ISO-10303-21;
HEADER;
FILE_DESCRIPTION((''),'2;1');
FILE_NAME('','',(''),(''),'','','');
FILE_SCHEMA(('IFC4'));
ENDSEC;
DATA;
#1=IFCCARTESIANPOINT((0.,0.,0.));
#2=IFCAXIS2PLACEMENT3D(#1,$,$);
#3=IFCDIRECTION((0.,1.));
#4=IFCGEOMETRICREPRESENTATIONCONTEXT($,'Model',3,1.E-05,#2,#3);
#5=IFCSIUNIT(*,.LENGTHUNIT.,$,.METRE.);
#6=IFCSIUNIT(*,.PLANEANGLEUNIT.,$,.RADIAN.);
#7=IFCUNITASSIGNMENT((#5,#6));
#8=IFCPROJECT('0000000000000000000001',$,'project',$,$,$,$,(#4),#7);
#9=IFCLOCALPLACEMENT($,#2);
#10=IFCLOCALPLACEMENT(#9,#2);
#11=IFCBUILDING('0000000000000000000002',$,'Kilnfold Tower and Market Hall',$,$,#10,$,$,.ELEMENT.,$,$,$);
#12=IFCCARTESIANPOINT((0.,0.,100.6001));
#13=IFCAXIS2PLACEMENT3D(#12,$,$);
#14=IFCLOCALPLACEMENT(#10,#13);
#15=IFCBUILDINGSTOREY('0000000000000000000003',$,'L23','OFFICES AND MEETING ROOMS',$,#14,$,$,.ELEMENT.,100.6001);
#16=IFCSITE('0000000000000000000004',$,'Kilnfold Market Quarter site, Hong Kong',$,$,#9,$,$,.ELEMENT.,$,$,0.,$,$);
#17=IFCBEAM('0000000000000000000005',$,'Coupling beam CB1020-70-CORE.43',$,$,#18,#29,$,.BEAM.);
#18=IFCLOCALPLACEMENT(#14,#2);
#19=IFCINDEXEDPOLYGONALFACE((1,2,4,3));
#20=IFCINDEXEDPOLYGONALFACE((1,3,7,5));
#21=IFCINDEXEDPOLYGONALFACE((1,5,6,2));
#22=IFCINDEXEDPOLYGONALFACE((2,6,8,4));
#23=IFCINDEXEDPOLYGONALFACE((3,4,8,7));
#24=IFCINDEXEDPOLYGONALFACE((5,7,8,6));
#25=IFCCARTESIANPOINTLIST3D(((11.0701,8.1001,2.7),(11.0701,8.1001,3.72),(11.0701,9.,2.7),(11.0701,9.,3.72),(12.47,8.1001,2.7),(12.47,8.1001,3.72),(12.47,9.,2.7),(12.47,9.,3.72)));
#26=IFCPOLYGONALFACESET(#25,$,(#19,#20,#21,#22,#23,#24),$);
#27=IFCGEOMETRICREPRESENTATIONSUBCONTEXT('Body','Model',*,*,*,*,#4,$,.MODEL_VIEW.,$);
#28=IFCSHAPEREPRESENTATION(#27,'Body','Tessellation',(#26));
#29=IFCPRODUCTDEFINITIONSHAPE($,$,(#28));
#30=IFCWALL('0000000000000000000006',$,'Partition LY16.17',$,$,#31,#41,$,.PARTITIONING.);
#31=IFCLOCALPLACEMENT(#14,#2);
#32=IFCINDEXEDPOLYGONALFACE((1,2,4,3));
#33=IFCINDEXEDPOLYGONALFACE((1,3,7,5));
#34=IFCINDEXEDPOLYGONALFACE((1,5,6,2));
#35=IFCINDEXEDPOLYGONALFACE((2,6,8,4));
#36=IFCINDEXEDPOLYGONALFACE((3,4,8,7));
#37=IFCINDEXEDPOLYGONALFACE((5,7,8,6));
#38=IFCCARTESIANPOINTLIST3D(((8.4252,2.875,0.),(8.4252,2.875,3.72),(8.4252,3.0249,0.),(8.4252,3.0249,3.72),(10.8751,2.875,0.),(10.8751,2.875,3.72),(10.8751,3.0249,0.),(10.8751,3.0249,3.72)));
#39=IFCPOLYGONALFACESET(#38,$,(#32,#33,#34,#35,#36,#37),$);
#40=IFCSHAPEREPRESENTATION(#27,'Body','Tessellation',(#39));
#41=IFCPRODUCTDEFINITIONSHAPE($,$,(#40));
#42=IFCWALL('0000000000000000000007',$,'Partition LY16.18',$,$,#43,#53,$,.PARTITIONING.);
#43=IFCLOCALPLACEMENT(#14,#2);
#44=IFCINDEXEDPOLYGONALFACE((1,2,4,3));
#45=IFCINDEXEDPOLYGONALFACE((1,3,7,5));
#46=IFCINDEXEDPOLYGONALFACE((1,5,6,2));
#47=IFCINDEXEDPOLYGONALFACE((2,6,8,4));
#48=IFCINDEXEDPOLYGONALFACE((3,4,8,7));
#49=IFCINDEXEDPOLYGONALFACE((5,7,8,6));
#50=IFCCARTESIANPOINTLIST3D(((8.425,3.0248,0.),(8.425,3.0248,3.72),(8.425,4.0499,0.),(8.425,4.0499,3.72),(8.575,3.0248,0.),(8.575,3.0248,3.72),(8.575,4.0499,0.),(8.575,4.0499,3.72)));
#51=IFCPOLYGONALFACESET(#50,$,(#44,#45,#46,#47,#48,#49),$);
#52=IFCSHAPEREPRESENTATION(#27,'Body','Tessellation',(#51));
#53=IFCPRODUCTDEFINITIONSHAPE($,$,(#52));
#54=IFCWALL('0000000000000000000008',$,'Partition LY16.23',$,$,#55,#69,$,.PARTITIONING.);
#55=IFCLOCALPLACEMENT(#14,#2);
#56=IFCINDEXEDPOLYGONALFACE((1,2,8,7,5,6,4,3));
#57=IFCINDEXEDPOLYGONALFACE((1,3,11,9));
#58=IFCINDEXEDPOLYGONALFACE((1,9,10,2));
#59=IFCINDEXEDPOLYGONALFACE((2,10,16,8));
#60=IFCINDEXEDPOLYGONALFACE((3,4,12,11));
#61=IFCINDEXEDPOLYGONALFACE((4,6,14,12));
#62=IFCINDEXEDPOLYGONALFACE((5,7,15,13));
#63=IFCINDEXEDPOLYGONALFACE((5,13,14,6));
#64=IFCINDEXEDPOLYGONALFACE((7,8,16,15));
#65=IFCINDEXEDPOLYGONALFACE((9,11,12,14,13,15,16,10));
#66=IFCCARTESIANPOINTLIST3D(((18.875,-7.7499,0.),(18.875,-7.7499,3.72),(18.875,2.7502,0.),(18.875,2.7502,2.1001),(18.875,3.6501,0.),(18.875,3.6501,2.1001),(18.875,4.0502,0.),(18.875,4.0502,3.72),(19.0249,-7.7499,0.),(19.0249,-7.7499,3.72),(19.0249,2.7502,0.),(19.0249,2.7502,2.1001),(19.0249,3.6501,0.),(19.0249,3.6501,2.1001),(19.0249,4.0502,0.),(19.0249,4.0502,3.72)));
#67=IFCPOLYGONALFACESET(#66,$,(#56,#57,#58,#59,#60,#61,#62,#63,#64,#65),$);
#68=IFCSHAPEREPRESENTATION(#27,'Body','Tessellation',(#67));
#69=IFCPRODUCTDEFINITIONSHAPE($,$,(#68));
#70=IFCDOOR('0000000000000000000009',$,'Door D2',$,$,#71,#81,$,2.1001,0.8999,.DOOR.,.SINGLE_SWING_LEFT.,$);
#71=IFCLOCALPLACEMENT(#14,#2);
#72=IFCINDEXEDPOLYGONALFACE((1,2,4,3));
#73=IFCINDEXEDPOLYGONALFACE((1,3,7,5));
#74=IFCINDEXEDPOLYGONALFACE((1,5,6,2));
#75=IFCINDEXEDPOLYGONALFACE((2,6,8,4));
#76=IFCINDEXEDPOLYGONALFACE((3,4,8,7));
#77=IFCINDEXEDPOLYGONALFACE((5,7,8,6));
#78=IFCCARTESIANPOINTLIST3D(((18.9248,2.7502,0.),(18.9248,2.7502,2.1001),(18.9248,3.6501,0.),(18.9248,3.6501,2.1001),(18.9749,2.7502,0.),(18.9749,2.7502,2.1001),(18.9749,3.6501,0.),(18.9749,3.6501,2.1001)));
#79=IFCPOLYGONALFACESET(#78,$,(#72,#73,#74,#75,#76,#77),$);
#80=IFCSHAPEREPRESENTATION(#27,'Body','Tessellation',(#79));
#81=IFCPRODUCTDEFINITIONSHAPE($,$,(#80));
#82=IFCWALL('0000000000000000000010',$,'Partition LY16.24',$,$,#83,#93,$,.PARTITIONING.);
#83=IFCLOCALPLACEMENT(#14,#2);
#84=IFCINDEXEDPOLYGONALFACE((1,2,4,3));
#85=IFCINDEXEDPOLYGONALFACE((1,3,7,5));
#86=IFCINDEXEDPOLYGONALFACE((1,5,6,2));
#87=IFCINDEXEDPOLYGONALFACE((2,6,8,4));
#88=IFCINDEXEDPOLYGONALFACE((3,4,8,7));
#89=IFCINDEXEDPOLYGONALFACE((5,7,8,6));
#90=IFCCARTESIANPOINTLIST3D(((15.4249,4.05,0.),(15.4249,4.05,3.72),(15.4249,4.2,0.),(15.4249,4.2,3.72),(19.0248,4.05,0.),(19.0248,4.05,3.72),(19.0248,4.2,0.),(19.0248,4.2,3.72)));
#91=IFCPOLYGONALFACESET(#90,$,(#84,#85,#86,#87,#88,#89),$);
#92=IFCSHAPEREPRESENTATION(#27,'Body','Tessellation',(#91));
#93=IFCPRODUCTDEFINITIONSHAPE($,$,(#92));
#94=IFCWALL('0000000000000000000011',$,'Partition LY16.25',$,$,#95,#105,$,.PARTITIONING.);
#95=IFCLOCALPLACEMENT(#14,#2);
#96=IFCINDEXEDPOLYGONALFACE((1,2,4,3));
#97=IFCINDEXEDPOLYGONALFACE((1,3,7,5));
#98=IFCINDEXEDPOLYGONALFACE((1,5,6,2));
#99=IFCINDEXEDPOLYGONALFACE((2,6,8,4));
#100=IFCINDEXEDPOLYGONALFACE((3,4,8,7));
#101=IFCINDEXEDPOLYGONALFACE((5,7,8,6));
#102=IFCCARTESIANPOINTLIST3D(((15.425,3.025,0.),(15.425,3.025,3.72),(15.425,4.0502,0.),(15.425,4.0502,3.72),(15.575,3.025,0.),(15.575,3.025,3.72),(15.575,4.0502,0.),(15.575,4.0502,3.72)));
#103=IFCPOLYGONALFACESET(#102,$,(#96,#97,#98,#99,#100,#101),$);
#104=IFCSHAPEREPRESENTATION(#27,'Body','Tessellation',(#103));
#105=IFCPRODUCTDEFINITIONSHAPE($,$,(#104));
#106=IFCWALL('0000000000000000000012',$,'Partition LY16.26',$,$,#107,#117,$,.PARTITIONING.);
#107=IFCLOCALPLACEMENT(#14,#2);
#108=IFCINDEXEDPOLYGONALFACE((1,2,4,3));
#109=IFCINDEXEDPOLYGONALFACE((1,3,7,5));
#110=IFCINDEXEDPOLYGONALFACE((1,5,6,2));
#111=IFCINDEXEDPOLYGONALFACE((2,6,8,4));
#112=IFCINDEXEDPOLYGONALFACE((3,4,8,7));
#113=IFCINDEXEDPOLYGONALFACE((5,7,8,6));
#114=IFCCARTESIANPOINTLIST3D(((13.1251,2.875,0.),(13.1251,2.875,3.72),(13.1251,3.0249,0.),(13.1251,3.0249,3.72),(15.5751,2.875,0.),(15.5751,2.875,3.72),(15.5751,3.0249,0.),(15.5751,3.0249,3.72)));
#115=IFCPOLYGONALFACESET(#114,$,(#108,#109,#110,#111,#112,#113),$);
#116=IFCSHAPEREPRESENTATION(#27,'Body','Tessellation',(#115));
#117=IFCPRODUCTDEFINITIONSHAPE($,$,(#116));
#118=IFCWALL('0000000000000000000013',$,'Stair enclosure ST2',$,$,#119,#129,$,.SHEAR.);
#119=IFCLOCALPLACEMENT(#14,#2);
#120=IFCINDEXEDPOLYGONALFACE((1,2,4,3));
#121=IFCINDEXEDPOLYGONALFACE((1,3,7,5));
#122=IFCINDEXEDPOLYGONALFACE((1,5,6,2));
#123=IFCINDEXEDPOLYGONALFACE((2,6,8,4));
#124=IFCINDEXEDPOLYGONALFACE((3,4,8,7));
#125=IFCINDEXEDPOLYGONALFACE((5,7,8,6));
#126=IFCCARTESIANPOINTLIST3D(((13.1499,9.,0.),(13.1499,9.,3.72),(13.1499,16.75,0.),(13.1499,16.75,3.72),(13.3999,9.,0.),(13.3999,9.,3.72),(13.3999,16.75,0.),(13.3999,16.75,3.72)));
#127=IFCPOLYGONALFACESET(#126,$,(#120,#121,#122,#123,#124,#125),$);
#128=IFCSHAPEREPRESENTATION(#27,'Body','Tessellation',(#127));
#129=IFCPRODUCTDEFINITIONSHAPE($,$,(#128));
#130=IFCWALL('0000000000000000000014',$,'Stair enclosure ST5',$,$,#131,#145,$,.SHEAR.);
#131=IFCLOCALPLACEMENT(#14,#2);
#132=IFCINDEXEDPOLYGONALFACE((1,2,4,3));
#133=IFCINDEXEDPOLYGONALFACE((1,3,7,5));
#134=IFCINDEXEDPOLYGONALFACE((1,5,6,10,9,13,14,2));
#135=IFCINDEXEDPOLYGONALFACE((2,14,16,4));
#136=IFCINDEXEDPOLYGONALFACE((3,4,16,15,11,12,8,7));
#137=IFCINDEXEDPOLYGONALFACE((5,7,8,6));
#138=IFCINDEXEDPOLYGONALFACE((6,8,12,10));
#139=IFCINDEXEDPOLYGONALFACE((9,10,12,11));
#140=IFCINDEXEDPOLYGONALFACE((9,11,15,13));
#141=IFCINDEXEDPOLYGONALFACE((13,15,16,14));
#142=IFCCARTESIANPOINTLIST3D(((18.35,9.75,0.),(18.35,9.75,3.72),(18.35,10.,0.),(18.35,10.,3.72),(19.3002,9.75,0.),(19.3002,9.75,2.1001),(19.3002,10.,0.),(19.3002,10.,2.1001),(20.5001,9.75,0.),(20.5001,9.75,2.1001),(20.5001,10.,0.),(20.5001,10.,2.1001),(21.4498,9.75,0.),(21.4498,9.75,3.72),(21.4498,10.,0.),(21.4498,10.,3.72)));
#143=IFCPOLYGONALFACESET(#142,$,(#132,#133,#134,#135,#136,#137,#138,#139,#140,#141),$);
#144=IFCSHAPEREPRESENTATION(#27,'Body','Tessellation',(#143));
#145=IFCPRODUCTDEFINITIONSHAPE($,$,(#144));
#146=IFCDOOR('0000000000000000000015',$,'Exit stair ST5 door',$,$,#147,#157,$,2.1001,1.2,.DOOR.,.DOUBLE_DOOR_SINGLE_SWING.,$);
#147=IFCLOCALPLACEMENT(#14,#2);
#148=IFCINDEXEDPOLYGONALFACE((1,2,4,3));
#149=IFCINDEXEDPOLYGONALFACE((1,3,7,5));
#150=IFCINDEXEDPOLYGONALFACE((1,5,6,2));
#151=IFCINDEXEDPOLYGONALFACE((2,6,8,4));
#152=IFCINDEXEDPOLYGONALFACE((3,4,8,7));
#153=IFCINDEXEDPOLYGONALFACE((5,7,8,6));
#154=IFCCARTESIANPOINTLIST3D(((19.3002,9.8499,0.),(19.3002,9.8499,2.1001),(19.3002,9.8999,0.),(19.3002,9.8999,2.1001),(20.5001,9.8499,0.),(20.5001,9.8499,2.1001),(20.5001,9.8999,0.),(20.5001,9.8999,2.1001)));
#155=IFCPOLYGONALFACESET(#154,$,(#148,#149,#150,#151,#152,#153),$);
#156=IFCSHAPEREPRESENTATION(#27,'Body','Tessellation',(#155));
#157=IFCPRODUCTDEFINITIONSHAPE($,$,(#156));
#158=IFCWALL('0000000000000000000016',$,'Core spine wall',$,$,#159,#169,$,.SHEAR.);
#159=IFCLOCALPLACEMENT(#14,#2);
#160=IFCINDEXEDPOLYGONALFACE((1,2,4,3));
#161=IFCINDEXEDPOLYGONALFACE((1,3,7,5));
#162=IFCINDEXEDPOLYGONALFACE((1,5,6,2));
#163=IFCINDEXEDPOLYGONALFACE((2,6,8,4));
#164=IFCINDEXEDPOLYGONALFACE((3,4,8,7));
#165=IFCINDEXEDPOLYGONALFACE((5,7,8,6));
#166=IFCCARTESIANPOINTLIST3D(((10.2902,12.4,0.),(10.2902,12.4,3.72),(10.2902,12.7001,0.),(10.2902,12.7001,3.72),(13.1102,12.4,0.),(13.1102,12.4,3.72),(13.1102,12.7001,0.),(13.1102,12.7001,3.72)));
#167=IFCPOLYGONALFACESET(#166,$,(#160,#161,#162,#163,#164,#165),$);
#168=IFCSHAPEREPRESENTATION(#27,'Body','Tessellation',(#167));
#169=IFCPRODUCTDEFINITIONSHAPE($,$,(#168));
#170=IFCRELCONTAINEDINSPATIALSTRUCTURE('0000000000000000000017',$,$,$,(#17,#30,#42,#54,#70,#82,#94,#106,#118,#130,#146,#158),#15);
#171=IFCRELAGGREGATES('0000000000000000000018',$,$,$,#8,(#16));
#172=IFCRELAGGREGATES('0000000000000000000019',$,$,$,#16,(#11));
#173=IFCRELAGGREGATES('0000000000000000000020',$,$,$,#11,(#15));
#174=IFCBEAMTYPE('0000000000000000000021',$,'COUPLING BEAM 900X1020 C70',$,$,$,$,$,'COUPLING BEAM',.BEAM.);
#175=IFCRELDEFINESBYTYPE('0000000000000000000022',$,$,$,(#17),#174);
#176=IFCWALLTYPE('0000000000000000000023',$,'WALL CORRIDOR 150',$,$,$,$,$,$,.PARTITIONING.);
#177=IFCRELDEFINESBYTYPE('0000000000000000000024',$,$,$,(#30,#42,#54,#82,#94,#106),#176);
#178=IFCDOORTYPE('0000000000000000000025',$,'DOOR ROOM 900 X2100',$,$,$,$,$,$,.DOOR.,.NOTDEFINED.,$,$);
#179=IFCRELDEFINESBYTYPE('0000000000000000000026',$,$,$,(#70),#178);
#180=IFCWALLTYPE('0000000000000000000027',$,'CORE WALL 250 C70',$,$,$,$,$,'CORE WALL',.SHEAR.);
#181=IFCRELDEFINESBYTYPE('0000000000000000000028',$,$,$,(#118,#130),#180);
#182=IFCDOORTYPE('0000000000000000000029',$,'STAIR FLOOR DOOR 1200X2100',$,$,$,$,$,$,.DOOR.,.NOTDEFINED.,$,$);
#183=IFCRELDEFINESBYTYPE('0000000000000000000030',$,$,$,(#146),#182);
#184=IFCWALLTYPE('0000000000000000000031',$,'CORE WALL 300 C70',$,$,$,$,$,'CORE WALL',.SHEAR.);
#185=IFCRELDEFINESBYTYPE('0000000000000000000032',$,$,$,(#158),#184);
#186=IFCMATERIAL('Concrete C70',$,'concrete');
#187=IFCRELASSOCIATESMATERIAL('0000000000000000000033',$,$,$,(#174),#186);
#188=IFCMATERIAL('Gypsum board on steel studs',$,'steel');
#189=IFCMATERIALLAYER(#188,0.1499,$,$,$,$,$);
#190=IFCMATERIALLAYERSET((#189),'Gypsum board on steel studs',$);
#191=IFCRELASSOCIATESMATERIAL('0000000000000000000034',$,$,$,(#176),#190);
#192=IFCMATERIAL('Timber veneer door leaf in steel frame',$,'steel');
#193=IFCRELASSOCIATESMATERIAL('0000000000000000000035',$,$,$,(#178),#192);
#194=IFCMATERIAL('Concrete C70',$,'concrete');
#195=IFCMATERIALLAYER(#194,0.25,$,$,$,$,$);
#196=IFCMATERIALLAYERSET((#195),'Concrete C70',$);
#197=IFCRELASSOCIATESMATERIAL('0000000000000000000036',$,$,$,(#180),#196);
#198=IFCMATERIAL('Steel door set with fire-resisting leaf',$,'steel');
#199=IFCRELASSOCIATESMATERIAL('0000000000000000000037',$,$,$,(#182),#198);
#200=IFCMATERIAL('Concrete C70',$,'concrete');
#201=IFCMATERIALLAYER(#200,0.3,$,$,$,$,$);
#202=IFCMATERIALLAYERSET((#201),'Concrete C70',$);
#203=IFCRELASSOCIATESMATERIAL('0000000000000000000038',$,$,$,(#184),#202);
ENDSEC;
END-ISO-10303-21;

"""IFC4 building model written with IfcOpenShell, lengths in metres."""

from ifc_helpers import new_model, si_unit, direction, frame, frame_2d, origin, origin_2d, place, context, subcontext, project, spatial, rectangle, extrude, source, transform, mapped, material, layer, layer_set, material_profile, profile_set, type_object, element, fill, save


model = new_model("IFC4")

# Units and contexts
model_context = context("Model", 3, precision=1e-05, world=origin(), true_north=direction((0.0, 1.0)))
body_context = subcontext(model_context, "Body", "Model", "MODEL_VIEW")
ifc_project = project(units=[si_unit("LENGTHUNIT", "METRE"), si_unit("PLANEANGLEUNIT", "RADIAN")], contexts=[model_context])

# Site, building, storey
site_placement = place(None, origin())
site = spatial("IfcSite", under=ifc_project, at=site_placement, Name="Kilnfold Market Quarter site, Hong Kong", CompositionType="ELEMENT", RefElevation=0.0)
building_placement = place(site_placement, origin())
building = spatial("IfcBuilding", under=site, at=building_placement, Name="Kilnfold Tower and Market Hall", CompositionType="ELEMENT")
storey_placement = place(building_placement, frame((0.0, 0.0, 100.6001)))
storey = spatial("IfcBuildingStorey", under=building, at=storey_placement, Name="L23", Description="OFFICES AND MEETING ROOMS", CompositionType="ELEMENT", Elevation=100.6001)

# Beam
ifc_material_1 = material(Name="Concrete C70", Category="concrete")
ifc_material_profile = material_profile(ifc_material_1, rectangle(XDim=0.8999, YDim=1.02, at=origin_2d()), Name="RC 900x1020")
ifc_profile_set = profile_set([ifc_material_profile], Name="Concrete C70")
beam_type = type_object("IfcBeamType", Name="COUPLING BEAM 900X1020 C70", ElementType="COUPLING BEAM", PredefinedType="BEAM", material=ifc_profile_set)
shared_shape_1 = source(origin(), body_context, "Body", "SweptSolid", [
    extrude(rectangle(XDim=0.8999, YDim=1.02, at=origin_2d()), origin(), (0.0, 0.0, 1.0), 1.3999),
])
beam_placement = place(storey_placement, frame((11.0701, 8.55, 3.21), z_axis=(1.0, 0.0, 0.0), x_axis=(0.0, 1.0, 0.0)))
element("IfcBeam", 1, at=beam_placement, inside=storey, type_object=beam_type, Name="Coupling beam CB1020-70-CORE.43", PredefinedType="BEAM", context=body_context, shape_type="MappedRepresentation", body=[
    mapped(shared_shape_1, transform((0.0, 0.0, 0.0))),
])

# Walls
ifc_material_2 = material(Name="Gypsum board on steel studs", Category="steel")
ifc_layer_1 = layer(ifc_material_2, 0.1499)
ifc_layer_set_1 = layer_set([ifc_layer_1], Name="Gypsum board on steel studs")
wall_type_1 = type_object("IfcWallType", Name="WALL CORRIDOR 150", PredefinedType="PARTITIONING", material=ifc_layer_set_1)
wall_1_placement = place(storey_placement, frame((8.425, 2.95, 0.0), z_axis=(0.0, 0.0, 1.0), x_axis=(1.0, 0.0, 0.0)))
element("IfcWall", 2, at=wall_1_placement, inside=storey, type_object=wall_type_1, Name="Partition LY16.17", PredefinedType="PARTITIONING", context=body_context, shape_type="SweptSolid", body=[
    extrude(rectangle(XDim=2.45, YDim=0.1499, at=frame_2d((1.2251, 0.0))), origin(), (0.0, 0.0, 1.0), 3.72),
])
wall_2_placement = place(storey_placement, frame((8.5, 4.05, 0.0), z_axis=(0.0, 0.0, 1.0), x_axis=(0.0, -1.0, 0.0)))
element("IfcWall", 3, at=wall_2_placement, inside=storey, type_object=wall_type_1, Name="Partition LY16.18", PredefinedType="PARTITIONING", context=body_context, shape_type="SweptSolid", body=[
    extrude(rectangle(XDim=1.0251, YDim=0.1499, at=frame_2d((0.5127, 0.0))), origin(), (0.0, 0.0, 1.0), 3.72),
])

# Wall, opening, door
wall_3_placement = place(storey_placement, frame((18.95, 4.05, 0.0), z_axis=(0.0, 0.0, 1.0), x_axis=(0.0, -1.0, 0.0)))
wall_3 = element("IfcWall", 4, at=wall_3_placement, inside=storey, type_object=wall_type_1, Name="Partition LY16.23", PredefinedType="PARTITIONING", context=body_context, shape_type="SweptSolid", body=[
    extrude(rectangle(XDim=11.8, YDim=0.1499, at=frame_2d((5.8999, 0.0))), origin(), (0.0, 0.0, 1.0), 3.72),
])
opening_1_placement = place(wall_3_placement, frame((0.3999, 0.0, 0.0)))
opening_1 = element("IfcOpeningElement", 5, at=opening_1_placement, cuts=wall_3, PredefinedType="OPENING", context=body_context, shape_type="SweptSolid", body=[
    extrude(rectangle(XDim=0.8999, YDim=2.1001, at=frame_2d((0.45, 1.05))), frame((0.0, 0.085, 0.0), z_axis=(0.0, -1.0, 0.0), x_axis=(1.0, 0.0, 0.0)), (0.0, 0.0, 1.0), 0.1699),
])
ifc_material_3 = material(Name="Timber veneer door leaf in steel frame", Category="steel")
door_type_1 = type_object("IfcDoorType", Name="DOOR ROOM 900 X2100", OperationType="NOTDEFINED", PredefinedType="DOOR", material=ifc_material_3)
door_1_placement = place(opening_1_placement, origin())
door_1 = element("IfcDoor", 6, at=door_1_placement, inside=storey, type_object=door_type_1, Name="Door D2", OperationType="SINGLE_SWING_LEFT", OverallHeight=2.1001, OverallWidth=0.8999, PredefinedType="DOOR", context=body_context, shape_type="SweptSolid", body=[
    extrude(rectangle(XDim=0.8999, YDim=2.1001, at=frame_2d((0.45, 1.05))), frame((0.0, 0.0249, 0.0), z_axis=(0.0, -1.0, 0.0), x_axis=(1.0, 0.0, 0.0)), (0.0, 0.0, 1.0), 0.05),
])
fill(opening_1, door_1)

# Walls
wall_4_placement = place(storey_placement, frame((15.425, 4.125, 0.0), z_axis=(0.0, 0.0, 1.0), x_axis=(1.0, 0.0, 0.0)))
element("IfcWall", 7, at=wall_4_placement, inside=storey, type_object=wall_type_1, Name="Partition LY16.24", PredefinedType="PARTITIONING", context=body_context, shape_type="SweptSolid", body=[
    extrude(rectangle(XDim=3.5999, YDim=0.1499, at=frame_2d((1.7998, 0.0))), origin(), (0.0, 0.0, 1.0), 3.72),
])
wall_5_placement = place(storey_placement, frame((15.5, 3.0249, 0.0), z_axis=(0.0, 0.0, 1.0), x_axis=(0.0, 1.0, 0.0)))
element("IfcWall", 8, at=wall_5_placement, inside=storey, type_object=wall_type_1, Name="Partition LY16.25", PredefinedType="PARTITIONING", context=body_context, shape_type="SweptSolid", body=[
    extrude(rectangle(XDim=1.0251, YDim=0.1499, at=frame_2d((0.5127, 0.0))), origin(), (0.0, 0.0, 1.0), 3.72),
])
wall_6_placement = place(storey_placement, frame((13.125, 2.95, 0.0), z_axis=(0.0, 0.0, 1.0), x_axis=(1.0, 0.0, 0.0)))
element("IfcWall", 9, at=wall_6_placement, inside=storey, type_object=wall_type_1, Name="Partition LY16.26", PredefinedType="PARTITIONING", context=body_context, shape_type="SweptSolid", body=[
    extrude(rectangle(XDim=2.45, YDim=0.1499, at=frame_2d((1.2251, 0.0))), origin(), (0.0, 0.0, 1.0), 3.72),
])
ifc_material_4 = material(Name="Concrete C70", Category="concrete")
ifc_layer_2 = layer(ifc_material_4, 0.25)
ifc_layer_set_2 = layer_set([ifc_layer_2], Name="Concrete C70")
wall_type_2 = type_object("IfcWallType", Name="CORE WALL 250 C70", ElementType="CORE WALL", PredefinedType="SHEAR", material=ifc_layer_set_2)
shared_shape_2 = source(origin(), body_context, "Body", "SweptSolid", [
    extrude(rectangle(XDim=7.75, YDim=0.25, at=frame_2d((3.875, 0.0))), origin(), (0.0, 0.0, 1.0), 3.72),
])
wall_7_placement = place(storey_placement, frame((13.2749, 9.0, 0.0), z_axis=(0.0, 0.0, 1.0), x_axis=(0.0, 1.0, 0.0)))
element("IfcWall", 10, at=wall_7_placement, inside=storey, type_object=wall_type_2, Name="Stair enclosure ST2", PredefinedType="SHEAR", context=body_context, shape_type="MappedRepresentation", body=[
    mapped(shared_shape_2, transform((0.0, 0.0, 0.0))),
])

# Wall, opening, door
shared_shape_3 = source(origin(), body_context, "Body", "SweptSolid", [
    extrude(rectangle(XDim=3.0999, YDim=0.25, at=frame_2d((1.5498, 0.0))), origin(), (0.0, 0.0, 1.0), 3.72),
])
wall_8_placement = place(storey_placement, frame((18.3501, 9.875, 0.0), z_axis=(0.0, 0.0, 1.0), x_axis=(1.0, 0.0, 0.0)))
wall_8 = element("IfcWall", 11, at=wall_8_placement, inside=storey, type_object=wall_type_2, Name="Stair enclosure ST5", PredefinedType="SHEAR", context=body_context, shape_type="MappedRepresentation", body=[
    mapped(shared_shape_3, transform((0.0, 0.0, 0.0))),
])
opening_2_placement = place(wall_8_placement, frame((0.95, 0.0, 0.0)))
opening_2 = element("IfcOpeningElement", 12, at=opening_2_placement, cuts=wall_8, PredefinedType="OPENING", context=body_context, shape_type="SweptSolid", body=[
    extrude(rectangle(XDim=1.2, YDim=2.1001, at=frame_2d((0.6001, 1.05))), frame((0.0, 0.135, 0.0), z_axis=(0.0, -1.0, 0.0), x_axis=(1.0, 0.0, 0.0)), (0.0, 0.0, 1.0), 0.27),
])
ifc_material_5 = material(Name="Steel door set with fire-resisting leaf", Category="steel")
door_type_2 = type_object("IfcDoorType", Name="STAIR FLOOR DOOR 1200X2100", OperationType="NOTDEFINED", PredefinedType="DOOR", material=ifc_material_5)
door_2_placement = place(opening_2_placement, origin())
door_2 = element("IfcDoor", 13, at=door_2_placement, inside=storey, type_object=door_type_2, Name="Exit stair ST5 door", OperationType="DOUBLE_DOOR_SINGLE_SWING", OverallHeight=2.1001, OverallWidth=1.2, PredefinedType="DOOR", context=body_context, shape_type="SweptSolid", body=[
    extrude(rectangle(XDim=1.2, YDim=2.1001, at=frame_2d((0.6001, 1.05))), frame((0.0, 0.0249, 0.0), z_axis=(0.0, -1.0, 0.0), x_axis=(1.0, 0.0, 0.0)), (0.0, 0.0, 1.0), 0.05),
])
fill(opening_2, door_2)

# Wall
ifc_material_6 = material(Name="Concrete C70", Category="concrete")
ifc_layer_3 = layer(ifc_material_6, 0.3)
ifc_layer_set_3 = layer_set([ifc_layer_3], Name="Concrete C70")
wall_type_3 = type_object("IfcWallType", Name="CORE WALL 300 C70", ElementType="CORE WALL", PredefinedType="SHEAR", material=ifc_layer_set_3)
shared_shape_4 = source(origin(), body_context, "Body", "SweptSolid", [
    extrude(rectangle(XDim=2.8201, YDim=0.3, at=frame_2d((1.4102, 0.0))), origin(), (0.0, 0.0, 1.0), 3.72),
])
wall_9_placement = place(storey_placement, frame((10.29, 12.55, 0.0), z_axis=(0.0, 0.0, 1.0), x_axis=(1.0, 0.0, 0.0)))
element("IfcWall", 14, at=wall_9_placement, inside=storey, type_object=wall_type_3, Name="Core spine wall", PredefinedType="SHEAR", context=body_context, shape_type="MappedRepresentation", body=[
    mapped(shared_shape_4, transform((0.0, 0.0, 0.0))),
])

save(model, "model.ifc")
